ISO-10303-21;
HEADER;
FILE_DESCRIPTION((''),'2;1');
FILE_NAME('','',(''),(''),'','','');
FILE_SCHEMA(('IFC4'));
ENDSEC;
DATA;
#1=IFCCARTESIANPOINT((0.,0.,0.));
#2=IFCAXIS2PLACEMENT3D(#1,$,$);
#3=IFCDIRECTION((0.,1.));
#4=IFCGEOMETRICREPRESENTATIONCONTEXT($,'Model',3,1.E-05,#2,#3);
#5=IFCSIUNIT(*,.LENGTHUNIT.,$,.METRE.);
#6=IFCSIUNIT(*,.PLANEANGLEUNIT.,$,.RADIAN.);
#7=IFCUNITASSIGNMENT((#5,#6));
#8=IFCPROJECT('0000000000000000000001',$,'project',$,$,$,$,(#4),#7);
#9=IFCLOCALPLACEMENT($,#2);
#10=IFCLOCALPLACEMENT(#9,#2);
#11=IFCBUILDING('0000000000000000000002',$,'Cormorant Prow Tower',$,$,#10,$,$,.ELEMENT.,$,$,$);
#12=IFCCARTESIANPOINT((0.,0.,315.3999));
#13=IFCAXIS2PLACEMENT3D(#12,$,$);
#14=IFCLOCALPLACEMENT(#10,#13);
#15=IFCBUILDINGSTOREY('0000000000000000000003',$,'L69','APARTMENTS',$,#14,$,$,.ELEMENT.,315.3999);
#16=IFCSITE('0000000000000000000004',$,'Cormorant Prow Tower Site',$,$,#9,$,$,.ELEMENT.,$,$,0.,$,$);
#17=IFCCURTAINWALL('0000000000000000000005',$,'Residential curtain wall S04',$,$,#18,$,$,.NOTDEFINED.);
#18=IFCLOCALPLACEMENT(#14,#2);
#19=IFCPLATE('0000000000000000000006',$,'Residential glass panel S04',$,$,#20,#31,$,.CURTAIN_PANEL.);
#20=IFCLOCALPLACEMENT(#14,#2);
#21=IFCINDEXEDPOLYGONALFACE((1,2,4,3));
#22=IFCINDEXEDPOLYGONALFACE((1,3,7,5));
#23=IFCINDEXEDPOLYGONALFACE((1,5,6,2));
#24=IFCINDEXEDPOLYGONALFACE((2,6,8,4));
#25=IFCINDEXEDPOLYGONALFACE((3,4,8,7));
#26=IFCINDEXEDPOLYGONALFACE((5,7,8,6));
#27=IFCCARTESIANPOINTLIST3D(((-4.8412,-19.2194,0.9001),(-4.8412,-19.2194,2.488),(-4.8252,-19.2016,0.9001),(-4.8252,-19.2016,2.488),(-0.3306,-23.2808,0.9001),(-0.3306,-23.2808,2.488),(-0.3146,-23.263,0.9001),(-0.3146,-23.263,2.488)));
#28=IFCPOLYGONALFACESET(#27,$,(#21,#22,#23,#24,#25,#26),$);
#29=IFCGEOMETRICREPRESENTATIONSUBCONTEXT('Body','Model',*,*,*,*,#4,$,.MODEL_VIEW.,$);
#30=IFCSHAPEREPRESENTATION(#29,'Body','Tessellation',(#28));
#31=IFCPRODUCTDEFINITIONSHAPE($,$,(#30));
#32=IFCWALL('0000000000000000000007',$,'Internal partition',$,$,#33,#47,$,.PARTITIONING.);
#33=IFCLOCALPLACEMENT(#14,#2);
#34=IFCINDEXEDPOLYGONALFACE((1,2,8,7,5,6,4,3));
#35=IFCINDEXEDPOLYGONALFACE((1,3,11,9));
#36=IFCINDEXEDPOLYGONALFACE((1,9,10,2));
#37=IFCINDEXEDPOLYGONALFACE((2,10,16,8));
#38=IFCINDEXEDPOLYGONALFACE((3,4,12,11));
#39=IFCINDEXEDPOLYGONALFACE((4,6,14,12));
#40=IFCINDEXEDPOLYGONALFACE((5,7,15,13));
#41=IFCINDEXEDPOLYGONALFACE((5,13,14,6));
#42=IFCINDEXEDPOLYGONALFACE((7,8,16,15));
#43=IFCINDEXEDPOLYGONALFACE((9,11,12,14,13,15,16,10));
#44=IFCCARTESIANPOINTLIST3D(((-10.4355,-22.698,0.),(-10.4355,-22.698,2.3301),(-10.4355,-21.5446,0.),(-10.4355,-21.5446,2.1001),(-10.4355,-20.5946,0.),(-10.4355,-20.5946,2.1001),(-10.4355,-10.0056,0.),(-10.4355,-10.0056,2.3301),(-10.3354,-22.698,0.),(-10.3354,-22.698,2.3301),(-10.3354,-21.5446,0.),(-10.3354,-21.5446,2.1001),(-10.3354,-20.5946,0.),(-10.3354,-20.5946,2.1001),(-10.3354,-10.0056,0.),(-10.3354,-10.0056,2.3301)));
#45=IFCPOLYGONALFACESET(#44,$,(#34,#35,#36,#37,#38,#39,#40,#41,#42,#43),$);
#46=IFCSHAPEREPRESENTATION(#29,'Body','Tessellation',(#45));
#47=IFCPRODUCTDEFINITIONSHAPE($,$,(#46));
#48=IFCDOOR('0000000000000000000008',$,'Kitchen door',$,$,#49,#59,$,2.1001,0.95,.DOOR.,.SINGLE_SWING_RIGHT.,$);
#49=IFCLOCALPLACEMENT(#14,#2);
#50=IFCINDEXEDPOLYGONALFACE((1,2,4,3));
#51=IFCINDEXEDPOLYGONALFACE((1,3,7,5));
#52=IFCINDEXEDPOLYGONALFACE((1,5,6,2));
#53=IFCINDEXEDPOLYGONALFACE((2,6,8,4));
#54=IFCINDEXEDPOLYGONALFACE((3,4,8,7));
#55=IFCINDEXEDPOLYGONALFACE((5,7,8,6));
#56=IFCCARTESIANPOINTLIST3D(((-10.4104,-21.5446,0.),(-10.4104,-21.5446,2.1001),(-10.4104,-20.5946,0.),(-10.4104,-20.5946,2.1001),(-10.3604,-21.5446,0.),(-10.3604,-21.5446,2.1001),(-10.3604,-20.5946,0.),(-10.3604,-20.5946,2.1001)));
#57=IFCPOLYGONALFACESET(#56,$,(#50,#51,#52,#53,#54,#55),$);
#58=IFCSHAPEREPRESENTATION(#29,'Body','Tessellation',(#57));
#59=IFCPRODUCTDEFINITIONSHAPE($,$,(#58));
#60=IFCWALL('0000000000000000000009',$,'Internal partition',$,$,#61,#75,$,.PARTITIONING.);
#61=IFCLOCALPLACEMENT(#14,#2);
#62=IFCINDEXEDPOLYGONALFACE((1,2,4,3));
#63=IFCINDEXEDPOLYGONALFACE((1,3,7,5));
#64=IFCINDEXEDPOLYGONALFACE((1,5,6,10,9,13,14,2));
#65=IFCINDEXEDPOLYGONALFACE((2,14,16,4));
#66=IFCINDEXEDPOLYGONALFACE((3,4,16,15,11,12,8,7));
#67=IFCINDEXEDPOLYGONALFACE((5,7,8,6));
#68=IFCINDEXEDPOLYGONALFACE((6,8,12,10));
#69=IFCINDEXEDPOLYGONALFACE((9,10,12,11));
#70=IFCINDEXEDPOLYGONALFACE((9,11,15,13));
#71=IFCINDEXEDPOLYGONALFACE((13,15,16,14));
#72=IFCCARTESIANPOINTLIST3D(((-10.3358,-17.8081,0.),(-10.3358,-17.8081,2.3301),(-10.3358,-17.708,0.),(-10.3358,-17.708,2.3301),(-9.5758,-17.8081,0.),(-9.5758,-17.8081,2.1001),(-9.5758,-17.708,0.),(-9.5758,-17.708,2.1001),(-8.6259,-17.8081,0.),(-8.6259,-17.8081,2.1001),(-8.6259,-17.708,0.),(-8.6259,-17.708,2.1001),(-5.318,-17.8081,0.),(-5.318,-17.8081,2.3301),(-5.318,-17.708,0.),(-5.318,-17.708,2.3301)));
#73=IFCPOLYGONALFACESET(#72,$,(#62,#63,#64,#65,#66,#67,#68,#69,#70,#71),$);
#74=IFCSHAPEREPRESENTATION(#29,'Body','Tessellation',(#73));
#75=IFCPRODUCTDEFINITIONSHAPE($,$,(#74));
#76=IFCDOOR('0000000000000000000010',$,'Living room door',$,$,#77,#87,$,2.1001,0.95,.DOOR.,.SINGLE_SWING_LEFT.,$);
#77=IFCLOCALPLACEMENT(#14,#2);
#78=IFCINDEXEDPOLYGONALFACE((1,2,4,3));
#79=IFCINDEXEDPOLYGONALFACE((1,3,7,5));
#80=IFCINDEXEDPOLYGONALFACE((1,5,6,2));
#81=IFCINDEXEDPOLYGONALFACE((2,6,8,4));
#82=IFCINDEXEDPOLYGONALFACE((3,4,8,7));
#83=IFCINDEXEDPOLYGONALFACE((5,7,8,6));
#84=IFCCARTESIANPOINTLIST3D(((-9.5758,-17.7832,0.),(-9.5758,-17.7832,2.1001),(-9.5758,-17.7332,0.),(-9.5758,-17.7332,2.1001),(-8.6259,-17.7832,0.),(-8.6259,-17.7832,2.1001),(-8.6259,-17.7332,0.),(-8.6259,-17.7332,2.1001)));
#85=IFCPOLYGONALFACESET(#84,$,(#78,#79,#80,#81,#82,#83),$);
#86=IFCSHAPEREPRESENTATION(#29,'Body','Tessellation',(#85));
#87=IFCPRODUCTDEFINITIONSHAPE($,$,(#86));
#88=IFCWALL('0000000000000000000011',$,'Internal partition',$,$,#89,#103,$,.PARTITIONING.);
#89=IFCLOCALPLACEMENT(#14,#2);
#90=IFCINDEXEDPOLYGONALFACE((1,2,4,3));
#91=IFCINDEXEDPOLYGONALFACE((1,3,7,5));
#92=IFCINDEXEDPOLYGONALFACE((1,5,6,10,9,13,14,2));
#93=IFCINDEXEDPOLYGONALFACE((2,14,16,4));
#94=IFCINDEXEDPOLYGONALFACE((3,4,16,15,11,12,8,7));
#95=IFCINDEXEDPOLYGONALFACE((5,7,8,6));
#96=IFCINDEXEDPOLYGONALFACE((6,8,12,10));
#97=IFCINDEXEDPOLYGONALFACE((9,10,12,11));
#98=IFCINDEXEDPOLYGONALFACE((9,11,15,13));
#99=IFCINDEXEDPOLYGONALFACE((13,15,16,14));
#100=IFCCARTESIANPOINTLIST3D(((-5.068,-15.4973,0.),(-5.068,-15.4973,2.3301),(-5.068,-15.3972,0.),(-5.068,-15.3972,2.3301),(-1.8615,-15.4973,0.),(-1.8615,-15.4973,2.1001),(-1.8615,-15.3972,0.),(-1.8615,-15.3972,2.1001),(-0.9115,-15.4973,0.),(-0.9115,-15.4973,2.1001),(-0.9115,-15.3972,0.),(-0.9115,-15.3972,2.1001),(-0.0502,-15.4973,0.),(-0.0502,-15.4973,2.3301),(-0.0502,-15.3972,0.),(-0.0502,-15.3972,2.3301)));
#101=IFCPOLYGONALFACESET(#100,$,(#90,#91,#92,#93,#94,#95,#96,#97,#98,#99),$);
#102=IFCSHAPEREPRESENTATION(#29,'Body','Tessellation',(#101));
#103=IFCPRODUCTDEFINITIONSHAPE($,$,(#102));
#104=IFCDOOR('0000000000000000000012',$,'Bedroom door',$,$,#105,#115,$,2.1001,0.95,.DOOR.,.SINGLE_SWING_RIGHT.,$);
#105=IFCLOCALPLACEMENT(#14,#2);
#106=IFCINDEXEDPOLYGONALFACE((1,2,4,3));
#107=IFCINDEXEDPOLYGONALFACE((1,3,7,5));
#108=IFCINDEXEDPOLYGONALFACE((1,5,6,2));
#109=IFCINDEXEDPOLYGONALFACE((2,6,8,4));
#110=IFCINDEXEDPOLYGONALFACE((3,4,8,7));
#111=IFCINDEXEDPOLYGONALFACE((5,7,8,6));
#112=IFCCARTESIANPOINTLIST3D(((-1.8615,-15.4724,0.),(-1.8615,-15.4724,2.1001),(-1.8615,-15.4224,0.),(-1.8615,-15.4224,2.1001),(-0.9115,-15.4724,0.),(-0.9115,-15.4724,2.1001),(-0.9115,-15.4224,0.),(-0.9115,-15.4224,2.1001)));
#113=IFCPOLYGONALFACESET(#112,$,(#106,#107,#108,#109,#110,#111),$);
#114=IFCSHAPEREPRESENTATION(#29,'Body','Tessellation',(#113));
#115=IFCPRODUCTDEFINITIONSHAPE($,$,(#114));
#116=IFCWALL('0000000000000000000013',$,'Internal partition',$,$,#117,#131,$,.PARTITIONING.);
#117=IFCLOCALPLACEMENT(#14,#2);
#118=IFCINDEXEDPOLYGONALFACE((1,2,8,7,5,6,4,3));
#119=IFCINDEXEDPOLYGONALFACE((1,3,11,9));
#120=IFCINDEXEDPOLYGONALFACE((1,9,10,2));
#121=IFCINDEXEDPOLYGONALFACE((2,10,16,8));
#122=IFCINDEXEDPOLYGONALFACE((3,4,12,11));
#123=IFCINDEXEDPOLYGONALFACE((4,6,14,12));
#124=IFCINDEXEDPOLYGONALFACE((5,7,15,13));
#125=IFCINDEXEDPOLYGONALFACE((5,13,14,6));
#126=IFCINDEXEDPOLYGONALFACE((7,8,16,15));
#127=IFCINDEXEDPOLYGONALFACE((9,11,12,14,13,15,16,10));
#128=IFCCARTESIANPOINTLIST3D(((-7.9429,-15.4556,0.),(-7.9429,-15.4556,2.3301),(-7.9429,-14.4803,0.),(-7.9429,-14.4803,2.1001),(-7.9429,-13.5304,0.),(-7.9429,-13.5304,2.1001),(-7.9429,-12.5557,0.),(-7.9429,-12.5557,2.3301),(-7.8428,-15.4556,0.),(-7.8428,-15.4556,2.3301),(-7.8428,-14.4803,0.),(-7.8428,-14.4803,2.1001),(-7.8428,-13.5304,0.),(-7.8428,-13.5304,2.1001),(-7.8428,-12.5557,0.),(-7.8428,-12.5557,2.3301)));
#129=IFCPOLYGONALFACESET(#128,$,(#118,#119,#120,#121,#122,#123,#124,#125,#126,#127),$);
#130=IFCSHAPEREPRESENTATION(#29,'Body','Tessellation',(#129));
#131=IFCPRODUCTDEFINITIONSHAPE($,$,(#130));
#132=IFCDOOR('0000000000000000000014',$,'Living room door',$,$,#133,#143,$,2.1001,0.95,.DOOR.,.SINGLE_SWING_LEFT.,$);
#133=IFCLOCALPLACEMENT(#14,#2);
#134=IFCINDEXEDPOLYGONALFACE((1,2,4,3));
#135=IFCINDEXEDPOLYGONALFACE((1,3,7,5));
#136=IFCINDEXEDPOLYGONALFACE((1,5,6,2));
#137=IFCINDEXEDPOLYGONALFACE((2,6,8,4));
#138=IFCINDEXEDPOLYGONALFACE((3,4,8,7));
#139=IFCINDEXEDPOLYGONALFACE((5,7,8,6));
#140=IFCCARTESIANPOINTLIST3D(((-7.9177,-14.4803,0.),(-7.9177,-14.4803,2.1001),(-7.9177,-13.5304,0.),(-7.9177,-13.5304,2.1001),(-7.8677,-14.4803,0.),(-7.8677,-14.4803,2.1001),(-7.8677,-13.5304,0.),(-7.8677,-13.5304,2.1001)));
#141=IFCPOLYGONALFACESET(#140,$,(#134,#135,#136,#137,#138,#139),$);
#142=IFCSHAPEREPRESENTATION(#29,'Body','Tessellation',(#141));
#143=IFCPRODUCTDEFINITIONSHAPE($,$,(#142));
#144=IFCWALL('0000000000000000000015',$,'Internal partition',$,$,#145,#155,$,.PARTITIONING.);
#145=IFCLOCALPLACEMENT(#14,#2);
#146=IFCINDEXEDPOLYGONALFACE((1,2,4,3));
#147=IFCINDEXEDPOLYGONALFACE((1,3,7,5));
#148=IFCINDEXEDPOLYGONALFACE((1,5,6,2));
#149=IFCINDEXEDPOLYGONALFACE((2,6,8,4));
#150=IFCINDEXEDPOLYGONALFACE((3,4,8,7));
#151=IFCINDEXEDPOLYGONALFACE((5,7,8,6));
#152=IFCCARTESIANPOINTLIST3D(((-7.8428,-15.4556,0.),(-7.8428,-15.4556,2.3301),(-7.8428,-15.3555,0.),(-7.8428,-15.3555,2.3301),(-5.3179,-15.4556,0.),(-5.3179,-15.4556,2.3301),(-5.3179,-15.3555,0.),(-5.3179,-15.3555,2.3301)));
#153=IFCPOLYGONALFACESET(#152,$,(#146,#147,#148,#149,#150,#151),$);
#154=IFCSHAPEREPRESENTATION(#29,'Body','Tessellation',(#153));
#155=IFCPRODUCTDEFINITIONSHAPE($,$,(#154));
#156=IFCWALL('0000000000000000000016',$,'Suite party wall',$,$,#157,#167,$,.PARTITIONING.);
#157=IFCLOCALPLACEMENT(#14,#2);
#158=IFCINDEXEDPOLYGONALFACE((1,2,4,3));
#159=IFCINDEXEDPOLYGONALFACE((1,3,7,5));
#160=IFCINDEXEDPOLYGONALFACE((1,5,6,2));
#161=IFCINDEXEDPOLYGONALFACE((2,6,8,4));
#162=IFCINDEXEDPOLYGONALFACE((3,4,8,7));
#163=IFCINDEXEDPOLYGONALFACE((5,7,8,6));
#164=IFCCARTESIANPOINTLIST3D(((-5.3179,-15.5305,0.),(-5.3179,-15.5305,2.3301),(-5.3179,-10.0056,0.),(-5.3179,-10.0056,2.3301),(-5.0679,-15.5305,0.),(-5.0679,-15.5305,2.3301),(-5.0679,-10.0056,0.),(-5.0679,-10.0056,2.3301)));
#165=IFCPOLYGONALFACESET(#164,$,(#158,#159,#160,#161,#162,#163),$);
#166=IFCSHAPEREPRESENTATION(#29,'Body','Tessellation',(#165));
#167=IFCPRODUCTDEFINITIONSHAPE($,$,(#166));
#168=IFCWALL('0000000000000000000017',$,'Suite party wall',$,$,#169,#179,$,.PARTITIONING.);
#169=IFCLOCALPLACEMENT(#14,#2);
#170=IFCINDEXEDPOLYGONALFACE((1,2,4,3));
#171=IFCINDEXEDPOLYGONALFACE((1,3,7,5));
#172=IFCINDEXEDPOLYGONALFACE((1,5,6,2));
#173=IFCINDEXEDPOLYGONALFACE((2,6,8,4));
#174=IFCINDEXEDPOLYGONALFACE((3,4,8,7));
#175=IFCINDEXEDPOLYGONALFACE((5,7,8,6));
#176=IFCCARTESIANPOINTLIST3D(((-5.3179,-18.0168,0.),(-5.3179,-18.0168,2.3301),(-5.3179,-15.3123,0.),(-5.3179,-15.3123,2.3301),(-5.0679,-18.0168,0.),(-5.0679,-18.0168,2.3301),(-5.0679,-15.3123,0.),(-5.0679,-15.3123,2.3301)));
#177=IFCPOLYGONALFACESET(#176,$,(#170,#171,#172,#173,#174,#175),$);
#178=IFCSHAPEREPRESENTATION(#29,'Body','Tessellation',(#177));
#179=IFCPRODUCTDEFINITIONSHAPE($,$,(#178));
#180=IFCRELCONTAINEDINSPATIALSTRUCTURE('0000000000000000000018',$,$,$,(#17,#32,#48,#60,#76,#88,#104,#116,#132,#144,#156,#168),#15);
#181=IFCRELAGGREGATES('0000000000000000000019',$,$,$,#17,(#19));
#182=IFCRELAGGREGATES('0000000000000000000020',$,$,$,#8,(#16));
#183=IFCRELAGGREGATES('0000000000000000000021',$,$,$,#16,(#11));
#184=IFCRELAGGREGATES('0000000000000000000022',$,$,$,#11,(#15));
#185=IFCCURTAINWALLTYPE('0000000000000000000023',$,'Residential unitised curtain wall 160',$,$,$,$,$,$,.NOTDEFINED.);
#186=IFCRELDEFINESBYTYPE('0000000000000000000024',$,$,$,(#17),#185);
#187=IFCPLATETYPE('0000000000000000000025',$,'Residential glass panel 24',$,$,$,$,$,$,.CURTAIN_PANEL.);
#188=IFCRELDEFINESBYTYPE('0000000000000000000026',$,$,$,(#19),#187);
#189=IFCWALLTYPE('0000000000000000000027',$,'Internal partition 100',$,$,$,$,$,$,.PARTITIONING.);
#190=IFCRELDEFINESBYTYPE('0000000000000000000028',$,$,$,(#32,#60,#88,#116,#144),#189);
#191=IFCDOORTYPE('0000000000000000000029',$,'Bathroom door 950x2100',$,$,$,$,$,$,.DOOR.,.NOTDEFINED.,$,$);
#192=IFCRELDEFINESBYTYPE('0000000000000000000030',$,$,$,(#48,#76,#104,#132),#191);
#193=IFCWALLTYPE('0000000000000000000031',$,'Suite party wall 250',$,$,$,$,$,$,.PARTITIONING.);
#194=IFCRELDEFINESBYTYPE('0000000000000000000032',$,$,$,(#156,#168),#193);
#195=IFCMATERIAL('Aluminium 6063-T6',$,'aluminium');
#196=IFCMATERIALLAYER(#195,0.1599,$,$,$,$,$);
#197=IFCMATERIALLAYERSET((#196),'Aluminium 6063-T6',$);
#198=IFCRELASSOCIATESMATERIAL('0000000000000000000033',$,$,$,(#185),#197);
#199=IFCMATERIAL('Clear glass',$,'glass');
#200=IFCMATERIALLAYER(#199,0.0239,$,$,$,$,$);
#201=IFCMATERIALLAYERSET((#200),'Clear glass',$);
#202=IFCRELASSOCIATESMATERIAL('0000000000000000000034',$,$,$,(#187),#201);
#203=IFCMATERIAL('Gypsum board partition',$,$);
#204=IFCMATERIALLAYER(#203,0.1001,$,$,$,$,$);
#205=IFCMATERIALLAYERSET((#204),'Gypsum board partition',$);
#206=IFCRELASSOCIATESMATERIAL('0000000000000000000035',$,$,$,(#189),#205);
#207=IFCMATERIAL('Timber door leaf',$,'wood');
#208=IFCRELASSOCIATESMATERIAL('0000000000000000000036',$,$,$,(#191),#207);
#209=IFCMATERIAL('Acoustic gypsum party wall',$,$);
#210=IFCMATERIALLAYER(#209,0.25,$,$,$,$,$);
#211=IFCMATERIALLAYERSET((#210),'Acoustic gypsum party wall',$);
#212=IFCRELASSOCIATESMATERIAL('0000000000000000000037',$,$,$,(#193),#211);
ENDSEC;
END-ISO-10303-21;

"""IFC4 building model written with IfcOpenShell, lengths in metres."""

from ifc_helpers import new_model, si_unit, direction, frame, frame_2d, origin, origin_2d, place, context, subcontext, project, spatial, rectangle, extrude, material, layer, layer_set, type_object, element, fill, aggregate, save


model = new_model("IFC4")

# Units and contexts
model_context = context("Model", 3, precision=1e-05, world=origin(), true_north=direction((0.0, 1.0)))
body_context = subcontext(model_context, "Body", "Model", "MODEL_VIEW")
ifc_project = project(units=[si_unit("LENGTHUNIT", "METRE"), si_unit("PLANEANGLEUNIT", "RADIAN")], contexts=[model_context])

# Site, building, storey
site_placement = place(None, origin())
site = spatial("IfcSite", under=ifc_project, at=site_placement, Name="Cormorant Prow Tower Site", CompositionType="ELEMENT", RefElevation=0.0)
building_placement = place(site_placement, origin())
building = spatial("IfcBuilding", under=site, at=building_placement, Name="Cormorant Prow Tower", CompositionType="ELEMENT")
storey_placement = place(building_placement, frame((0.0, 0.0, 315.3999)))
storey = spatial("IfcBuildingStorey", under=building, at=storey_placement, Name="L69", Description="APARTMENTS", CompositionType="ELEMENT", Elevation=315.3999)

# Curtain wall
ifc_material_1 = material(Name="Aluminium 6063-T6", Category="aluminium")
ifc_layer_1 = layer(ifc_material_1, 0.1599)
ifc_layer_set_1 = layer_set([ifc_layer_1], Name="Aluminium 6063-T6")
curtain_wall_type = type_object("IfcCurtainWallType", Name="Residential unitised curtain wall 160", PredefinedType="NOTDEFINED", material=ifc_layer_set_1)
curtain_wall_1_placement = place(storey_placement, origin())
curtain_wall_1 = element("IfcCurtainWall", 1, at=curtain_wall_1_placement, inside=storey, type_object=curtain_wall_type, Name="Residential curtain wall S04", PredefinedType="NOTDEFINED")

# Plate
ifc_material_2 = material(Name="Clear glass", Category="glass")
ifc_layer_2 = layer(ifc_material_2, 0.0239)
ifc_layer_set_2 = layer_set([ifc_layer_2], Name="Clear glass")
plate_type = type_object("IfcPlateType", Name="Residential glass panel 24", PredefinedType="CURTAIN_PANEL", material=ifc_layer_set_2)
plate_1_placement = place(storey_placement, frame((-2.5779, -21.2412, 0.9001), z_axis=(0.0, 0.0, 1.0), x_axis=(0.743145, -0.669131, 0.0)))
plate_1 = element("IfcPlate", 2, at=plate_1_placement, type_object=plate_type, Name="Residential glass panel S04", PredefinedType="CURTAIN_PANEL", context=body_context, shape_type="SweptSolid", body=[
    extrude(rectangle(XDim=6.0696, YDim=0.0239, at=origin_2d()), origin(), (0.0, 0.0, 1.0), 1.5879),
])
aggregate(curtain_wall_1, [plate_1])

# Walls, openings, doors
ifc_material_3 = material(Name="Gypsum board partition")
ifc_layer_3 = layer(ifc_material_3, 0.1001)
ifc_layer_set_3 = layer_set([ifc_layer_3], Name="Gypsum board partition")
wall_type_1 = type_object("IfcWallType", Name="Internal partition 100", PredefinedType="PARTITIONING", material=ifc_layer_set_3)
wall_1_placement = place(storey_placement, frame((-10.3855, -22.698, 0.0), z_axis=(0.0, 0.0, 1.0), x_axis=(0.0, 1.0, 0.0)))
wall_1 = element("IfcWall", 3, at=wall_1_placement, inside=storey, type_object=wall_type_1, Name="Internal partition", PredefinedType="PARTITIONING", context=body_context, shape_type="SweptSolid", body=[
    extrude(rectangle(XDim=12.6924, YDim=0.1001, at=frame_2d((6.3462, 0.0))), origin(), (0.0, 0.0, 1.0), 2.3301),
])
opening_1_placement = place(wall_1_placement, frame((1.1533, 0.0, 0.0)))
opening_1 = element("IfcOpeningElement", 4, at=opening_1_placement, cuts=wall_1, PredefinedType="OPENING", context=body_context, shape_type="SweptSolid", body=[
    extrude(rectangle(XDim=0.95, YDim=2.1001, at=frame_2d((0.4751, 1.05))), frame((0.0, 0.0601, 0.0), z_axis=(0.0, -1.0, 0.0), x_axis=(1.0, 0.0, 0.0)), (0.0, 0.0, 1.0), 0.1201),
])
ifc_material_4 = material(Name="Timber door leaf", Category="wood")
door_type_1 = type_object("IfcDoorType", Name="Bathroom door 950x2100", OperationType="NOTDEFINED", PredefinedType="DOOR", material=ifc_material_4)
door_1_placement = place(opening_1_placement, origin())
door_1 = element("IfcDoor", 5, at=door_1_placement, inside=storey, type_object=door_type_1, Name="Kitchen door", OperationType="SINGLE_SWING_RIGHT", OverallHeight=2.1001, OverallWidth=0.95, PredefinedType="DOOR", context=body_context, shape_type="SweptSolid", body=[
    extrude(rectangle(XDim=0.95, YDim=2.1001, at=frame_2d((0.4751, 1.05))), frame((0.0, 0.0249, 0.0), z_axis=(0.0, -1.0, 0.0), x_axis=(1.0, 0.0, 0.0)), (0.0, 0.0, 1.0), 0.05),
])
fill(opening_1, door_1)
wall_2_placement = place(storey_placement, frame((-10.3357, -17.7581, 0.0), z_axis=(0.0, 0.0, 1.0), x_axis=(1.0, 0.0, 0.0)))
wall_2 = element("IfcWall", 6, at=wall_2_placement, inside=storey, type_object=wall_type_1, Name="Internal partition", PredefinedType="PARTITIONING", context=body_context, shape_type="SweptSolid", body=[
    extrude(rectangle(XDim=5.0178, YDim=0.1001, at=frame_2d((2.5088, 0.0))), origin(), (0.0, 0.0, 1.0), 2.3301),
])
opening_2_placement = place(wall_2_placement, frame((0.7598, 0.0, 0.0)))
opening_2 = element("IfcOpeningElement", 7, at=opening_2_placement, cuts=wall_2, PredefinedType="OPENING", context=body_context, shape_type="SweptSolid", body=[
    extrude(rectangle(XDim=0.95, YDim=2.1001, at=frame_2d((0.4751, 1.05))), frame((0.0, 0.0601, 0.0), z_axis=(0.0, -1.0, 0.0), x_axis=(1.0, 0.0, 0.0)), (0.0, 0.0, 1.0), 0.1201),
])
door_2_placement = place(opening_2_placement, origin())
door_2 = element("IfcDoor", 8, at=door_2_placement, inside=storey, type_object=door_type_1, Name="Living room door", OperationType="SINGLE_SWING_LEFT", OverallHeight=2.1001, OverallWidth=0.95, PredefinedType="DOOR", context=body_context, shape_type="SweptSolid", body=[
    extrude(rectangle(XDim=0.95, YDim=2.1001, at=frame_2d((0.4751, 1.05))), frame((0.0, 0.0249, 0.0), z_axis=(0.0, -1.0, 0.0), x_axis=(1.0, 0.0, 0.0)), (0.0, 0.0, 1.0), 0.05),
])
fill(opening_2, door_2)
wall_3_placement = place(storey_placement, frame((-5.0679, -15.4473, 0.0), z_axis=(0.0, 0.0, 1.0), x_axis=(1.0, 0.0, 0.0)))
wall_3 = element("IfcWall", 9, at=wall_3_placement, inside=storey, type_object=wall_type_1, Name="Internal partition", PredefinedType="PARTITIONING", context=body_context, shape_type="SweptSolid", body=[
    extrude(rectangle(XDim=5.0178, YDim=0.1001, at=frame_2d((2.5088, 0.0))), origin(), (0.0, 0.0, 1.0), 2.3301),
])
opening_3_placement = place(wall_3_placement, frame((3.2063, 0.0, 0.0)))
opening_3 = element("IfcOpeningElement", 10, at=opening_3_placement, cuts=wall_3, PredefinedType="OPENING", context=body_context, shape_type="SweptSolid", body=[
    extrude(rectangle(XDim=0.95, YDim=2.1001, at=frame_2d((0.4751, 1.05))), frame((0.0, 0.0601, 0.0), z_axis=(0.0, -1.0, 0.0), x_axis=(1.0, 0.0, 0.0)), (0.0, 0.0, 1.0), 0.1201),
])
door_3_placement = place(opening_3_placement, origin())
door_3 = element("IfcDoor", 11, at=door_3_placement, inside=storey, type_object=door_type_1, Name="Bedroom door", OperationType="SINGLE_SWING_RIGHT", OverallHeight=2.1001, OverallWidth=0.95, PredefinedType="DOOR", context=body_context, shape_type="SweptSolid", body=[
    extrude(rectangle(XDim=0.95, YDim=2.1001, at=frame_2d((0.4751, 1.05))), frame((0.0, 0.0249, 0.0), z_axis=(0.0, -1.0, 0.0), x_axis=(1.0, 0.0, 0.0)), (0.0, 0.0, 1.0), 0.05),
])
fill(opening_3, door_3)
wall_4_placement = place(storey_placement, frame((-7.8928, -15.4556, 0.0), z_axis=(0.0, 0.0, 1.0), x_axis=(0.0, 1.0, 0.0)))
wall_4 = element("IfcWall", 12, at=wall_4_placement, inside=storey, type_object=wall_type_1, Name="Internal partition", PredefinedType="PARTITIONING", context=body_context, shape_type="SweptSolid", body=[
    extrude(rectangle(XDim=2.8999, YDim=0.1001, at=frame_2d((1.45, 0.0))), origin(), (0.0, 0.0, 1.0), 2.3301),
])
opening_4_placement = place(wall_4_placement, frame((0.9751, 0.0, 0.0)))
opening_4 = element("IfcOpeningElement", 13, at=opening_4_placement, cuts=wall_4, PredefinedType="OPENING", context=body_context, shape_type="SweptSolid", body=[
    extrude(rectangle(XDim=0.95, YDim=2.1001, at=frame_2d((0.4751, 1.05))), frame((0.0, 0.0601, 0.0), z_axis=(0.0, -1.0, 0.0), x_axis=(1.0, 0.0, 0.0)), (0.0, 0.0, 1.0), 0.1201),
])
door_4_placement = place(opening_4_placement, origin())
door_4 = element("IfcDoor", 14, at=door_4_placement, inside=storey, type_object=door_type_1, Name="Living room door", OperationType="SINGLE_SWING_LEFT", OverallHeight=2.1001, OverallWidth=0.95, PredefinedType="DOOR", context=body_context, shape_type="SweptSolid", body=[
    extrude(rectangle(XDim=0.95, YDim=2.1001, at=frame_2d((0.4751, 1.05))), frame((0.0, 0.0249, 0.0), z_axis=(0.0, -1.0, 0.0), x_axis=(1.0, 0.0, 0.0)), (0.0, 0.0, 1.0), 0.05),
])
fill(opening_4, door_4)

# Walls
wall_5_placement = place(storey_placement, frame((-7.8428, -15.4055, 0.0), z_axis=(0.0, 0.0, 1.0), x_axis=(1.0, 0.0, 0.0)))
element("IfcWall", 15, at=wall_5_placement, inside=storey, type_object=wall_type_1, Name="Internal partition", PredefinedType="PARTITIONING", context=body_context, shape_type="SweptSolid", body=[
    extrude(rectangle(XDim=2.5249, YDim=0.1001, at=frame_2d((1.2625, 0.0))), origin(), (0.0, 0.0, 1.0), 2.3301),
])
ifc_material_5 = material(Name="Acoustic gypsum party wall")
ifc_layer_4 = layer(ifc_material_5, 0.25)
ifc_layer_set_4 = layer_set([ifc_layer_4], Name="Acoustic gypsum party wall")
wall_type_2 = type_object("IfcWallType", Name="Suite party wall 250", PredefinedType="PARTITIONING", material=ifc_layer_set_4)
wall_6_placement = place(storey_placement, frame((-5.1929, -15.5305, 0.0), z_axis=(0.0, 0.0, 1.0), x_axis=(0.0, 1.0, 0.0)))
element("IfcWall", 16, at=wall_6_placement, inside=storey, type_object=wall_type_2, Name="Suite party wall", PredefinedType="PARTITIONING", context=body_context, shape_type="SweptSolid", body=[
    extrude(rectangle(XDim=5.5249, YDim=0.25, at=frame_2d((2.7625, 0.0))), origin(), (0.0, 0.0, 1.0), 2.3301),
])
wall_7_placement = place(storey_placement, frame((-5.1929, -18.0168, 0.0), z_axis=(0.0, 0.0, 1.0), x_axis=(0.0, 1.0, 0.0)))
element("IfcWall", 17, at=wall_7_placement, inside=storey, type_object=wall_type_2, Name="Suite party wall", PredefinedType="PARTITIONING", context=body_context, shape_type="SweptSolid", body=[
    extrude(rectangle(XDim=2.7046, YDim=0.25, at=frame_2d((1.3523, 0.0))), origin(), (0.0, 0.0, 1.0), 2.3301),
])

save(model, "model.ifc")
